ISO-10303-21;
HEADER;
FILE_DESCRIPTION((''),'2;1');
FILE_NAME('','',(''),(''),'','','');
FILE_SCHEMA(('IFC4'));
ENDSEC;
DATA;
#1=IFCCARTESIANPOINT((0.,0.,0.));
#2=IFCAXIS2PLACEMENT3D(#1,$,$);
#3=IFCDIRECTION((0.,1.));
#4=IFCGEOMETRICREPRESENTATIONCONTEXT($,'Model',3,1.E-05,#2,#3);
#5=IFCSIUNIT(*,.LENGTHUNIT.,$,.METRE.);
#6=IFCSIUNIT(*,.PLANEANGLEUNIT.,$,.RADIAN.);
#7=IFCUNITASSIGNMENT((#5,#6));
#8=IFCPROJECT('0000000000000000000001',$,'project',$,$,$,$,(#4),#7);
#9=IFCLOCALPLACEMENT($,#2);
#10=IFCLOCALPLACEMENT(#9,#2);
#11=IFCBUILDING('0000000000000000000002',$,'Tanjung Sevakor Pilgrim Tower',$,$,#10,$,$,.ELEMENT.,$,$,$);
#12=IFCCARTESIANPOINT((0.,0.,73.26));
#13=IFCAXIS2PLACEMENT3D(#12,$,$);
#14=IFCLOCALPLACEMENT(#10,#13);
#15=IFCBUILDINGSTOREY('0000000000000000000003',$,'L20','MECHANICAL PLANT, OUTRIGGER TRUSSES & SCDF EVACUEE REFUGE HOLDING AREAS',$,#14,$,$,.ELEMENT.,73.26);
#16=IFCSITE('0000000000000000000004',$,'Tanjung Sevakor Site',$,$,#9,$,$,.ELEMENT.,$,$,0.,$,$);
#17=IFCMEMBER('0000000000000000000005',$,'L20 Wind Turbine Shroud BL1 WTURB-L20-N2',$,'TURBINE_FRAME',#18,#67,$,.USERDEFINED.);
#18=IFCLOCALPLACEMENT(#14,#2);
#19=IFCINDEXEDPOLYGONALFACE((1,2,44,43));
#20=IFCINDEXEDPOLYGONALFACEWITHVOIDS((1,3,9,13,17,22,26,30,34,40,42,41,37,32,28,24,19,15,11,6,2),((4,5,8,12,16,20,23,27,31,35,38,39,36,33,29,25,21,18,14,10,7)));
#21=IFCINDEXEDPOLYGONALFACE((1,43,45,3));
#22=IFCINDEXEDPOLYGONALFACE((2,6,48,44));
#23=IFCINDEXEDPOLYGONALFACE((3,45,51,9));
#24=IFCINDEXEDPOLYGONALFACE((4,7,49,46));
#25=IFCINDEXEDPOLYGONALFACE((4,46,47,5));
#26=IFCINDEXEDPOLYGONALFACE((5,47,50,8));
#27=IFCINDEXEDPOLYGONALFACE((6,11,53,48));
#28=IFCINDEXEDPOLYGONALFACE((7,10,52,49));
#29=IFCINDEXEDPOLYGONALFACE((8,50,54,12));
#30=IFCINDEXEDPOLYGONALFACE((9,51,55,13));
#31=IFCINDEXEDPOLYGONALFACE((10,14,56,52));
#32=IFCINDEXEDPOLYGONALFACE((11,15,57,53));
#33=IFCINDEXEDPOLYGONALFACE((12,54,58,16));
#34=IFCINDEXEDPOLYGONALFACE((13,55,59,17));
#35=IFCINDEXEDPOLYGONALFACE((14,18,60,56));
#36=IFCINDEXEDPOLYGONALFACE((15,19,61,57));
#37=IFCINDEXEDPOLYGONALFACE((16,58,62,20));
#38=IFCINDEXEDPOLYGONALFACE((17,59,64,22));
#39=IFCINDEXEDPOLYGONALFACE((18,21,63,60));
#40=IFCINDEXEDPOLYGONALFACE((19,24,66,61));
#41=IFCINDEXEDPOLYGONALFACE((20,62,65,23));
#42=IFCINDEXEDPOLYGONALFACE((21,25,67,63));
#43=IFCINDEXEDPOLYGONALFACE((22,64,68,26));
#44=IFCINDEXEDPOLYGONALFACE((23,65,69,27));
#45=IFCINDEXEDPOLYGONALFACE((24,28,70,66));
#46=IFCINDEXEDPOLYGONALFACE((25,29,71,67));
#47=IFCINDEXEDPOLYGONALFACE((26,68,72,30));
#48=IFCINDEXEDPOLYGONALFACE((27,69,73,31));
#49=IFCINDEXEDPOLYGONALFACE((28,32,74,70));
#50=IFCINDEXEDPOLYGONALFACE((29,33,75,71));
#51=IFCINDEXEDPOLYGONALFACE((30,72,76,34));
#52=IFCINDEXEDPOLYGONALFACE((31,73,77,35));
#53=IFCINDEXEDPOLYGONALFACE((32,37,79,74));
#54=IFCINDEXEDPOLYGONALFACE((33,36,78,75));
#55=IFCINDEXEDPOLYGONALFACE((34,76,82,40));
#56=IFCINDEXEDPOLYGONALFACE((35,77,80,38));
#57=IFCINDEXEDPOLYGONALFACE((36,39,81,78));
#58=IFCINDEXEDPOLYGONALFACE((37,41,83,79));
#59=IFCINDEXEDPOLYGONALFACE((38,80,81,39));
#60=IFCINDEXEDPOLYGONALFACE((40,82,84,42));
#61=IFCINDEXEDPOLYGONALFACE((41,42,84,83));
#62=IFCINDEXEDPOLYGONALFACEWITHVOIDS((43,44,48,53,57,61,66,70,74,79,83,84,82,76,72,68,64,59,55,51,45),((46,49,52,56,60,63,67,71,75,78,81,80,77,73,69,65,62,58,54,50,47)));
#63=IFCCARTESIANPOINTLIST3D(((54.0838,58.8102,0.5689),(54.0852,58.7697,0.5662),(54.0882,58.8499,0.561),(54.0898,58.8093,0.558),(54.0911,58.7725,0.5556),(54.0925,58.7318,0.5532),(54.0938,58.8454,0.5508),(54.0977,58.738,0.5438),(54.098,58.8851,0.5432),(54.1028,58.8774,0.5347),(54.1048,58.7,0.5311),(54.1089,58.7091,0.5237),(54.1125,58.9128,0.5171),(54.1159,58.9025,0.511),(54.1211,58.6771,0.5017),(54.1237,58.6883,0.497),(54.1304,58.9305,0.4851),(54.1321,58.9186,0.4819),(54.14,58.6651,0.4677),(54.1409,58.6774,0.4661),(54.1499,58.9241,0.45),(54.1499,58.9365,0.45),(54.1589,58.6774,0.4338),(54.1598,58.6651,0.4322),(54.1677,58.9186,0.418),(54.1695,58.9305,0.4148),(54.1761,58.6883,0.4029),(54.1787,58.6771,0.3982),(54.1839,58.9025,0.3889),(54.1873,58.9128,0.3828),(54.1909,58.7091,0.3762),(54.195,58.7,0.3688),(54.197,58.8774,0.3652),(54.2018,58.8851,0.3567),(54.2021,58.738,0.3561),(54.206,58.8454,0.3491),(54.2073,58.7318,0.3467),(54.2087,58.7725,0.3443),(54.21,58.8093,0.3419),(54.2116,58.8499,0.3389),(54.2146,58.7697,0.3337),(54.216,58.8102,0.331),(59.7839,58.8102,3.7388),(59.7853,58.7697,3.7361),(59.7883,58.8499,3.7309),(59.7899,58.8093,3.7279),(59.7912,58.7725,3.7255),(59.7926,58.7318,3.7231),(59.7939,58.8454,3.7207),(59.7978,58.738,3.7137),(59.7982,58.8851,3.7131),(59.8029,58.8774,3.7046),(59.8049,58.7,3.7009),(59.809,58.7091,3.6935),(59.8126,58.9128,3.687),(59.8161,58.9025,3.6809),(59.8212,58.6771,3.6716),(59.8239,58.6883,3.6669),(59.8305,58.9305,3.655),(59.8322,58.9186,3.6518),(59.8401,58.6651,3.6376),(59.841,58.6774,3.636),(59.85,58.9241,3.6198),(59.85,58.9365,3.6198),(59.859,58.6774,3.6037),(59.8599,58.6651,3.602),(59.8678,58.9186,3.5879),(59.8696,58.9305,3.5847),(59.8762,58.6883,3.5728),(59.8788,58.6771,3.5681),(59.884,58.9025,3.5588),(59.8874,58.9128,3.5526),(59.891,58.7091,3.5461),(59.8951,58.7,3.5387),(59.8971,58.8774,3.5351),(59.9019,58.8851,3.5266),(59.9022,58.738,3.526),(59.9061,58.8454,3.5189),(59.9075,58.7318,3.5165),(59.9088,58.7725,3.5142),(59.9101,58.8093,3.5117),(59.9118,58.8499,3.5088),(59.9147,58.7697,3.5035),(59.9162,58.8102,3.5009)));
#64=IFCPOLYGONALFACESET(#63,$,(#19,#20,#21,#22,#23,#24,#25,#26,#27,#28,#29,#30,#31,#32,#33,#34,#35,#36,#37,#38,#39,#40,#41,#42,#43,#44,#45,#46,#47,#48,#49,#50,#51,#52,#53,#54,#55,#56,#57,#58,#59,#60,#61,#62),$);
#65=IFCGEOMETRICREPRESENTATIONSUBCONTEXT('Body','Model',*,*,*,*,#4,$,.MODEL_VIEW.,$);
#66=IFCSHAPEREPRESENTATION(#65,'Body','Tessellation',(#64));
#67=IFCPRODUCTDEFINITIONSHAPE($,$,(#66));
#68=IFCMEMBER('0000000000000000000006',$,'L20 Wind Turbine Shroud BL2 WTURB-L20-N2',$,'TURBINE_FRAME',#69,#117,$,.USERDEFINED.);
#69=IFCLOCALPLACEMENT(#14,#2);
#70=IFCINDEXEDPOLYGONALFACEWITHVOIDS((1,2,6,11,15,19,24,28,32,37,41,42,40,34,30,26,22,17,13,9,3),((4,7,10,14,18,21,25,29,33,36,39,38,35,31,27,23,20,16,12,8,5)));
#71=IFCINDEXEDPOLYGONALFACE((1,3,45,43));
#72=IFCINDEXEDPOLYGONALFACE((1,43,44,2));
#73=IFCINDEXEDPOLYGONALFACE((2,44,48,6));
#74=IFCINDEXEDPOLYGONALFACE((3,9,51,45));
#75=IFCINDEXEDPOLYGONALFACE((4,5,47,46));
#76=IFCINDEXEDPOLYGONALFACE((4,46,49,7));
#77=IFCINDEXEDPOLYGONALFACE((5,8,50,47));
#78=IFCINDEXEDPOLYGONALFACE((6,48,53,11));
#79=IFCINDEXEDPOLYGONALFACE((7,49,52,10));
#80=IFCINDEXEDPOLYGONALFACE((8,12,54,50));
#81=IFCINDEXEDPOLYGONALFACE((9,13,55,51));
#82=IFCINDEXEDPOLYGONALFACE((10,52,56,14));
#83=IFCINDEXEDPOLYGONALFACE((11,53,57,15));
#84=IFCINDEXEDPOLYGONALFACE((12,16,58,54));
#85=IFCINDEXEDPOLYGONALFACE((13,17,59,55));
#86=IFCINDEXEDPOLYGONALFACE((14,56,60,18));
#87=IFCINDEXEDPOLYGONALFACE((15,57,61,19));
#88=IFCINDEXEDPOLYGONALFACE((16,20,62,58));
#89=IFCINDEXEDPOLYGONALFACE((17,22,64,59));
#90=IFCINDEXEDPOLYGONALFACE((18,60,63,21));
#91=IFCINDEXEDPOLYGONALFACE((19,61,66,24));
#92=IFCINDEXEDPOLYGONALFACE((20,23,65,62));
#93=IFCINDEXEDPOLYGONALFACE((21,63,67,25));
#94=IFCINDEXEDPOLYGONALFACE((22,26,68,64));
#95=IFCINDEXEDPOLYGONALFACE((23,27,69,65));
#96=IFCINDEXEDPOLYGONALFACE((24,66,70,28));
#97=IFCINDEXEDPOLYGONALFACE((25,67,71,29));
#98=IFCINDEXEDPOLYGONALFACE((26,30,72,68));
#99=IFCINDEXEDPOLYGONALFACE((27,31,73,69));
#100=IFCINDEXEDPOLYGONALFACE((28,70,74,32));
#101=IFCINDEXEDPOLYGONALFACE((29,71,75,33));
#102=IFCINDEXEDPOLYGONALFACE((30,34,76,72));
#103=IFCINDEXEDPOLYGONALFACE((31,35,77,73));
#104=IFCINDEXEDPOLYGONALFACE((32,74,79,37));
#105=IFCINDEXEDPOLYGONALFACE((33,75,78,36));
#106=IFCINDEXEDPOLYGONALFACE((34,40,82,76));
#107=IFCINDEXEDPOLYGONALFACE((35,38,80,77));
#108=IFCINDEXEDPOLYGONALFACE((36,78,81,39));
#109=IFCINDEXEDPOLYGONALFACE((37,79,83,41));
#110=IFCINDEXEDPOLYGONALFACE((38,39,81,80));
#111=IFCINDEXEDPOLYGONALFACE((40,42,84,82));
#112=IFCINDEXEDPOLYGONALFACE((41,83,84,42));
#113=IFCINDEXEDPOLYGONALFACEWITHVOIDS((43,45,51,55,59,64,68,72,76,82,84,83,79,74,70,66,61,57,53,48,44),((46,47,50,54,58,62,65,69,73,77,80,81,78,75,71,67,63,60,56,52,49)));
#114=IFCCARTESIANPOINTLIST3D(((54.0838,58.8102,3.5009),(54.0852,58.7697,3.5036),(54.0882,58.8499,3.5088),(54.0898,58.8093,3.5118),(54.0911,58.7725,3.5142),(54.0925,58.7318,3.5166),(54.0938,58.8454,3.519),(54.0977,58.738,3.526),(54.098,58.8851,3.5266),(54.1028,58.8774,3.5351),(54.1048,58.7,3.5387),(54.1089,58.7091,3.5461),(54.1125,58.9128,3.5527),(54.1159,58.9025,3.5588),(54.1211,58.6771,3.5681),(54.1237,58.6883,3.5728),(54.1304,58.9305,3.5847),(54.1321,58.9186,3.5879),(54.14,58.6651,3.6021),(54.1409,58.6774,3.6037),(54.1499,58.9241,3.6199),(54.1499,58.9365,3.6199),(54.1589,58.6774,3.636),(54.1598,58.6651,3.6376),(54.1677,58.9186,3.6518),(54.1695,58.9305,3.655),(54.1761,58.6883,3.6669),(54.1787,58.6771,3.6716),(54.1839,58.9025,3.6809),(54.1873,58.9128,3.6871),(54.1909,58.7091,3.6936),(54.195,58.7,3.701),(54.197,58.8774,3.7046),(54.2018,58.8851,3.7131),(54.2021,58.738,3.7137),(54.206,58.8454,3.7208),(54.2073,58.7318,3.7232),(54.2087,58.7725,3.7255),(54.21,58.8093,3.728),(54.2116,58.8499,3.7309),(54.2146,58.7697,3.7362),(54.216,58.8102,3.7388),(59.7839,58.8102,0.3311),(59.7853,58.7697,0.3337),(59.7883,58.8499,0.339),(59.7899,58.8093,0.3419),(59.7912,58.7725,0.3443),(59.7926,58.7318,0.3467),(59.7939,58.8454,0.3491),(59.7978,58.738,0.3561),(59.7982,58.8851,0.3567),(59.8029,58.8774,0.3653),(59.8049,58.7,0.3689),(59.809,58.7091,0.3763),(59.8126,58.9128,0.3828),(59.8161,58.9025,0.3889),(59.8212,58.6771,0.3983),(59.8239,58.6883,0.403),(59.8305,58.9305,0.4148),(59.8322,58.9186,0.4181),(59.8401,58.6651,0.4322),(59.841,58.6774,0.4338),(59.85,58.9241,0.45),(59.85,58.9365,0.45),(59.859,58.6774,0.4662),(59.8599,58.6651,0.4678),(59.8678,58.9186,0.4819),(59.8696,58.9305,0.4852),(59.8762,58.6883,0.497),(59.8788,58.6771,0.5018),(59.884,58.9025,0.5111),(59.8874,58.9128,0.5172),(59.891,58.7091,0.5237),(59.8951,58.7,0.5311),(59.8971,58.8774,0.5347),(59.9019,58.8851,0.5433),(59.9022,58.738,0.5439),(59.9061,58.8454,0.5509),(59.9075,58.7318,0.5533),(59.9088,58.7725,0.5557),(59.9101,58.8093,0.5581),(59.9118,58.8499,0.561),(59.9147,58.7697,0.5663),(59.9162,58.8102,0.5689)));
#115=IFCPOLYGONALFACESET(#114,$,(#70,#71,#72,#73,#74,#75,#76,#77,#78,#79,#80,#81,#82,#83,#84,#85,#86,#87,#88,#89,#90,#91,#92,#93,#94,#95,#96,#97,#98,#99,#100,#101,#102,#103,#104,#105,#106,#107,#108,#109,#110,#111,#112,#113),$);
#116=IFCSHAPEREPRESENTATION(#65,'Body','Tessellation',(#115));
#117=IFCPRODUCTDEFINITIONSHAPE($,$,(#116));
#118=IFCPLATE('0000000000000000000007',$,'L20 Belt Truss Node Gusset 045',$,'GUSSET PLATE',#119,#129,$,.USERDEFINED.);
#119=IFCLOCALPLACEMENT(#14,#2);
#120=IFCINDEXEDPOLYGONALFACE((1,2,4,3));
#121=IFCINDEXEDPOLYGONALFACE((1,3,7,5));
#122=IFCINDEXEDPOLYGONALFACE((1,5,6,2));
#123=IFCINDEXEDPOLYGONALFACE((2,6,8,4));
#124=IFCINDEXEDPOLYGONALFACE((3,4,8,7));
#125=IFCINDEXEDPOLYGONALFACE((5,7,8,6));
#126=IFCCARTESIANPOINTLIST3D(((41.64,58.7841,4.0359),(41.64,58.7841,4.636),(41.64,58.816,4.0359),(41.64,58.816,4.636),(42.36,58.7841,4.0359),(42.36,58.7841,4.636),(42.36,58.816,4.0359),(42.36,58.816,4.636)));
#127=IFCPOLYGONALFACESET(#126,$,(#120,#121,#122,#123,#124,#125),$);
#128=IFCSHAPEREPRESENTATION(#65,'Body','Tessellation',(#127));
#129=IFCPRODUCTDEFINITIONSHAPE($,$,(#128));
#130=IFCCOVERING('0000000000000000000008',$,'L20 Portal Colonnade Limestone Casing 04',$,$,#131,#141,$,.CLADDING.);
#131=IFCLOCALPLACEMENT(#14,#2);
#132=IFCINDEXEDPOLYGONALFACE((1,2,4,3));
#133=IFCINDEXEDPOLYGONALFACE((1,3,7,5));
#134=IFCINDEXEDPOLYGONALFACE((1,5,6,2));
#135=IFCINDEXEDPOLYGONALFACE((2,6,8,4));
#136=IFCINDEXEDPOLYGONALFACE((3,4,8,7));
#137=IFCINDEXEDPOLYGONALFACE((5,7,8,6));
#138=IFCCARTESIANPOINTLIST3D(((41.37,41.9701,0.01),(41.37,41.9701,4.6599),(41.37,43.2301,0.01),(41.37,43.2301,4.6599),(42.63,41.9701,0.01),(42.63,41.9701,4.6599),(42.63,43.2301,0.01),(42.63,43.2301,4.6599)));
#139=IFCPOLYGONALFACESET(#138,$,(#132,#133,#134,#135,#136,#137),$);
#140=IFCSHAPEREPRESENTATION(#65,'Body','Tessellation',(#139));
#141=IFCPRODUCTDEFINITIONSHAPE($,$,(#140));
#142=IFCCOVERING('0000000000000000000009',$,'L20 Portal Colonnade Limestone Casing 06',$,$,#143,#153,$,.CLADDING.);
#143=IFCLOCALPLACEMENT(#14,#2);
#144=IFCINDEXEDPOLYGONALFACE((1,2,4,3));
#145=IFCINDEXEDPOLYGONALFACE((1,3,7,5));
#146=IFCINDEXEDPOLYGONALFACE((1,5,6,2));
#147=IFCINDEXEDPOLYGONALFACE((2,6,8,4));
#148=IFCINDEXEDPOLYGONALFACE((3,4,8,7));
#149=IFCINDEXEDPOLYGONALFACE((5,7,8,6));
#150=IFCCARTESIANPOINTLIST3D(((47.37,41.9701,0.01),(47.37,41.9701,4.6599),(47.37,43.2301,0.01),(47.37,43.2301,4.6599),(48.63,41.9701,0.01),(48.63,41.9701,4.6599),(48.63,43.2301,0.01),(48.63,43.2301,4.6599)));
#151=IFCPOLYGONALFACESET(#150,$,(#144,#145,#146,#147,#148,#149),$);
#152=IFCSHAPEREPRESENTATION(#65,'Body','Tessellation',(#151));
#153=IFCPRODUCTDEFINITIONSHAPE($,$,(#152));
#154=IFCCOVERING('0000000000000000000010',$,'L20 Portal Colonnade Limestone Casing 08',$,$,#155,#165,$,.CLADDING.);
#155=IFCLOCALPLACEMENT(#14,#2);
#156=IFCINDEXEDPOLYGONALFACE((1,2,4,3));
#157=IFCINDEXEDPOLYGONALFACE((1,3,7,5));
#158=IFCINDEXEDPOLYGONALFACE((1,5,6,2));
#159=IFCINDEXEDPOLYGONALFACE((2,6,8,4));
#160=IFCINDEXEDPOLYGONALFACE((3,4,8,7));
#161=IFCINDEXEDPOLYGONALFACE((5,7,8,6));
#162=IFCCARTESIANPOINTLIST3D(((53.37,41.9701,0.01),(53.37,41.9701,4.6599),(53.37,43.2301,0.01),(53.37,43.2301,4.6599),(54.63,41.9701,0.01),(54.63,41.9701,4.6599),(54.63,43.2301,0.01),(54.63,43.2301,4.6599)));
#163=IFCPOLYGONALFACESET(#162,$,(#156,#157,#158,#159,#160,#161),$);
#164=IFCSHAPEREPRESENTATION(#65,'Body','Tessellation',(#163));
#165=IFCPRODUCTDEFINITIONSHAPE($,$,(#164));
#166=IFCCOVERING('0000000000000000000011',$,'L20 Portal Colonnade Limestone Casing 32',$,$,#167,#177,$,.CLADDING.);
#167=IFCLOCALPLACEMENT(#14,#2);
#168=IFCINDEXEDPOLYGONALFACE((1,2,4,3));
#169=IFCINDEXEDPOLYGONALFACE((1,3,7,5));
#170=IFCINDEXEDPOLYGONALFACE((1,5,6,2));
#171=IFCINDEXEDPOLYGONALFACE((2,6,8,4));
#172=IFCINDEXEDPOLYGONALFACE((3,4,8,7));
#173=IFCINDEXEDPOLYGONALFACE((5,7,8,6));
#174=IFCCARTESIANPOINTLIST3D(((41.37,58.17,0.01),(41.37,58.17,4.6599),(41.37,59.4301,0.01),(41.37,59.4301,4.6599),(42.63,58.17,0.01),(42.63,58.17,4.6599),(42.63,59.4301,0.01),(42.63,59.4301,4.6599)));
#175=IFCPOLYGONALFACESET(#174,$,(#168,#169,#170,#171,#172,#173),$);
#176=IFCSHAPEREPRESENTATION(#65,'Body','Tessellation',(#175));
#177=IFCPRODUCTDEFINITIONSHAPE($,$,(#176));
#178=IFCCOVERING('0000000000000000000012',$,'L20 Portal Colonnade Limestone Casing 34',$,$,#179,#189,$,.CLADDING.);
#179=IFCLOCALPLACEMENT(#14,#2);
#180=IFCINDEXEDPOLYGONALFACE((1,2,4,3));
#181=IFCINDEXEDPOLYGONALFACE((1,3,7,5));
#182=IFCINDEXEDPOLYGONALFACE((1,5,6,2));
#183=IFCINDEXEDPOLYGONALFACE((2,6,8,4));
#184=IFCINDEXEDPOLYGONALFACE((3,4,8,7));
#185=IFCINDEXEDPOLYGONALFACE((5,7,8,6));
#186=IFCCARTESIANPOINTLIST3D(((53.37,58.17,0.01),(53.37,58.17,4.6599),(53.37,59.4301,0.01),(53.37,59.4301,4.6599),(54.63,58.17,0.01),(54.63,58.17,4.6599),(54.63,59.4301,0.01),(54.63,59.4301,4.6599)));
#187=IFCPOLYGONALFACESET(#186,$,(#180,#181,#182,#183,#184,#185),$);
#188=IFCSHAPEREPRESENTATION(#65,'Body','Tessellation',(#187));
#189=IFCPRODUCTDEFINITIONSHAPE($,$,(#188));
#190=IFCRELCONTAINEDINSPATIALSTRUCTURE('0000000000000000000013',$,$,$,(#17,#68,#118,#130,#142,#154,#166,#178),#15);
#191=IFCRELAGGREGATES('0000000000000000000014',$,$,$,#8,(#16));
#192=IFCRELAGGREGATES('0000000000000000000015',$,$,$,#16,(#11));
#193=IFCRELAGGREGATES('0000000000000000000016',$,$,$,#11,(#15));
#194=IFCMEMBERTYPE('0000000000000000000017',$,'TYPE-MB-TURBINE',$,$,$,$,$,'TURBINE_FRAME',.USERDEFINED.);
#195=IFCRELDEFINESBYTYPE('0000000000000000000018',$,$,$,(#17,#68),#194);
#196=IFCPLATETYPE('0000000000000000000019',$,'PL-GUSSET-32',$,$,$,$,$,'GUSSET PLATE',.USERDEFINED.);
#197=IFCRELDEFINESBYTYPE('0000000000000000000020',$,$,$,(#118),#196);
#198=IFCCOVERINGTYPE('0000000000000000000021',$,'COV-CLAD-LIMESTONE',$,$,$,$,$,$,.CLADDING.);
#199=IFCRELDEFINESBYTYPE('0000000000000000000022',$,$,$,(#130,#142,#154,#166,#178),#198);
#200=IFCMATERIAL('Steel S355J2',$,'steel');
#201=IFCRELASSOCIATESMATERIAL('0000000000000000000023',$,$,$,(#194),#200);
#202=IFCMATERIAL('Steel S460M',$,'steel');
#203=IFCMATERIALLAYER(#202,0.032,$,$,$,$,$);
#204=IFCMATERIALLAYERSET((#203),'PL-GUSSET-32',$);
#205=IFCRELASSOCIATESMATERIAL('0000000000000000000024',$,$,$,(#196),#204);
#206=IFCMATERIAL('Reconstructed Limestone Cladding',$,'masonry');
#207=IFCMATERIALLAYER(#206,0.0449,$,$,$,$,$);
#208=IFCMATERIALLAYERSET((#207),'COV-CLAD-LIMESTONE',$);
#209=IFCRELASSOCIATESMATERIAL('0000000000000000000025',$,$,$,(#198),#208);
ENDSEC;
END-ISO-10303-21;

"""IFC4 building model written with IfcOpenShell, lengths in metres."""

from ifc_helpers import new_model, si_unit, direction, frame, origin, origin_2d, place, context, subcontext, project, spatial, rectangle, hollow_circle, extrude, material, layer, layer_set, material_profile, profile_set, type_object, element, save


model = new_model("IFC4")

# Units and contexts
model_context = context("Model", 3, precision=1e-05, world=origin(), true_north=direction((0.0, 1.0)))
body_context = subcontext(model_context, "Body", "Model", "MODEL_VIEW")
ifc_project = project(units=[si_unit("LENGTHUNIT", "METRE"), si_unit("PLANEANGLEUNIT", "RADIAN")], contexts=[model_context])

# Site, building, storey
site_placement = place(None, origin())
site = spatial("IfcSite", under=ifc_project, at=site_placement, Name="Tanjung Sevakor Site", CompositionType="ELEMENT", RefElevation=0.0)
building_placement = place(site_placement, origin())
building = spatial("IfcBuilding", under=site, at=building_placement, Name="Tanjung Sevakor Pilgrim Tower", CompositionType="ELEMENT")
storey_placement = place(building_placement, frame((0.0, 0.0, 73.26)))
storey = spatial("IfcBuildingStorey", under=building, at=storey_placement, Name="L20", Description="MECHANICAL PLANT, OUTRIGGER TRUSSES & SCDF EVACUEE REFUGE HOLDING AREAS", CompositionType="ELEMENT", Elevation=73.26)

# Members
ifc_material_1 = material(Name="Steel S355J2", Category="steel")
ifc_material_profile_1 = material_profile(ifc_material_1, hollow_circle(Radius=0.1365, WallThickness=0.0125, at=origin_2d()))
ifc_profile_set_1 = profile_set([ifc_material_profile_1], Name="Steel S355J2")
member_type = type_object("IfcMemberType", Name="TYPE-MB-TURBINE", ElementType="TURBINE_FRAME", PredefinedType="USERDEFINED", material=ifc_profile_set_1)
for number, where, z_axis, x_axis, name in (
    (1, (54.1499, 58.8, 0.45), (0.873952, 0.0, 0.486012), (0.0, 1.0, 0.0), "L20 Wind Turbine Shroud BL1 WTURB-L20-N2"),
    (2, (54.1499, 58.8, 3.6199), (0.873952, 0.0, -0.486012), (0.0, 1.0, 0.0), "L20 Wind Turbine Shroud BL2 WTURB-L20-N2"),
):
    element("IfcMember", number, at=place(storey_placement, frame(where, z_axis=z_axis, x_axis=x_axis)), inside=storey, type_object=member_type, Name=name, ObjectType="TURBINE_FRAME", PredefinedType="USERDEFINED", context=body_context, shape_type="SweptSolid", body=[
        extrude(hollow_circle(Radius=0.1365, WallThickness=0.0125, at=origin_2d()), origin(), (0.0, 0.0, 1.0), 6.5222),
    ])

# Plate
ifc_material_2 = material(Name="Steel S460M", Category="steel")
ifc_layer_1 = layer(ifc_material_2, 0.032)
ifc_layer_set_1 = layer_set([ifc_layer_1], Name="PL-GUSSET-32")
plate_type = type_object("IfcPlateType", Name="PL-GUSSET-32", ElementType="GUSSET PLATE", PredefinedType="USERDEFINED", material=ifc_layer_set_1)
plate_placement = place(storey_placement, frame((42.0, 58.8, 4.0359), z_axis=(0.0, 0.0, 1.0), x_axis=(1.0, 0.0, 0.0)))
element("IfcPlate", 3, at=plate_placement, inside=storey, type_object=plate_type, Name="L20 Belt Truss Node Gusset 045", ObjectType="GUSSET PLATE", PredefinedType="USERDEFINED", context=body_context, shape_type="SweptSolid", body=[
    extrude(rectangle(XDim=0.72, YDim=0.032, at=origin_2d()), origin(), (0.0, 0.0, 1.0), 0.6001),
])

# Coverings
ifc_material_3 = material(Name="Reconstructed Limestone Cladding", Category="masonry")
ifc_layer_2 = layer(ifc_material_3, 0.0449)
ifc_layer_set_2 = layer_set([ifc_layer_2], Name="COV-CLAD-LIMESTONE")
covering_type = type_object("IfcCoveringType", Name="COV-CLAD-LIMESTONE", PredefinedType="CLADDING", material=ifc_layer_set_2)
for number, where, z_axis, x_axis, name in (
    (4, (42.0, 42.6001, 0.01), (0.0, 0.0, 1.0), (1.0, 0.0, 0.0), "L20 Portal Colonnade Limestone Casing 04"),
    (5, (48.0, 42.6001, 0.01), (0.0, 0.0, 1.0), (1.0, 0.0, 0.0), "L20 Portal Colonnade Limestone Casing 06"),
    (6, (54.0, 42.6001, 0.01), (0.0, 0.0, 1.0), (1.0, 0.0, 0.0), "L20 Portal Colonnade Limestone Casing 08"),
    (7, (42.0, 58.8, 0.01), (0.0, 0.0, 1.0), (1.0, 0.0, 0.0), "L20 Portal Colonnade Limestone Casing 32"),
    (8, (54.0, 58.8, 0.01), (0.0, 0.0, 1.0), (1.0, 0.0, 0.0), "L20 Portal Colonnade Limestone Casing 34"),
):
    element("IfcCovering", number, at=place(storey_placement, frame(where, z_axis=z_axis, x_axis=x_axis)), inside=storey, type_object=covering_type, Name=name, PredefinedType="CLADDING", context=body_context, shape_type="SweptSolid", body=[
        extrude(rectangle(XDim=1.26, YDim=1.26, at=origin_2d()), origin(), (0.0, 0.0, 1.0), 4.6499),
    ])

save(model, "model.ifc")
